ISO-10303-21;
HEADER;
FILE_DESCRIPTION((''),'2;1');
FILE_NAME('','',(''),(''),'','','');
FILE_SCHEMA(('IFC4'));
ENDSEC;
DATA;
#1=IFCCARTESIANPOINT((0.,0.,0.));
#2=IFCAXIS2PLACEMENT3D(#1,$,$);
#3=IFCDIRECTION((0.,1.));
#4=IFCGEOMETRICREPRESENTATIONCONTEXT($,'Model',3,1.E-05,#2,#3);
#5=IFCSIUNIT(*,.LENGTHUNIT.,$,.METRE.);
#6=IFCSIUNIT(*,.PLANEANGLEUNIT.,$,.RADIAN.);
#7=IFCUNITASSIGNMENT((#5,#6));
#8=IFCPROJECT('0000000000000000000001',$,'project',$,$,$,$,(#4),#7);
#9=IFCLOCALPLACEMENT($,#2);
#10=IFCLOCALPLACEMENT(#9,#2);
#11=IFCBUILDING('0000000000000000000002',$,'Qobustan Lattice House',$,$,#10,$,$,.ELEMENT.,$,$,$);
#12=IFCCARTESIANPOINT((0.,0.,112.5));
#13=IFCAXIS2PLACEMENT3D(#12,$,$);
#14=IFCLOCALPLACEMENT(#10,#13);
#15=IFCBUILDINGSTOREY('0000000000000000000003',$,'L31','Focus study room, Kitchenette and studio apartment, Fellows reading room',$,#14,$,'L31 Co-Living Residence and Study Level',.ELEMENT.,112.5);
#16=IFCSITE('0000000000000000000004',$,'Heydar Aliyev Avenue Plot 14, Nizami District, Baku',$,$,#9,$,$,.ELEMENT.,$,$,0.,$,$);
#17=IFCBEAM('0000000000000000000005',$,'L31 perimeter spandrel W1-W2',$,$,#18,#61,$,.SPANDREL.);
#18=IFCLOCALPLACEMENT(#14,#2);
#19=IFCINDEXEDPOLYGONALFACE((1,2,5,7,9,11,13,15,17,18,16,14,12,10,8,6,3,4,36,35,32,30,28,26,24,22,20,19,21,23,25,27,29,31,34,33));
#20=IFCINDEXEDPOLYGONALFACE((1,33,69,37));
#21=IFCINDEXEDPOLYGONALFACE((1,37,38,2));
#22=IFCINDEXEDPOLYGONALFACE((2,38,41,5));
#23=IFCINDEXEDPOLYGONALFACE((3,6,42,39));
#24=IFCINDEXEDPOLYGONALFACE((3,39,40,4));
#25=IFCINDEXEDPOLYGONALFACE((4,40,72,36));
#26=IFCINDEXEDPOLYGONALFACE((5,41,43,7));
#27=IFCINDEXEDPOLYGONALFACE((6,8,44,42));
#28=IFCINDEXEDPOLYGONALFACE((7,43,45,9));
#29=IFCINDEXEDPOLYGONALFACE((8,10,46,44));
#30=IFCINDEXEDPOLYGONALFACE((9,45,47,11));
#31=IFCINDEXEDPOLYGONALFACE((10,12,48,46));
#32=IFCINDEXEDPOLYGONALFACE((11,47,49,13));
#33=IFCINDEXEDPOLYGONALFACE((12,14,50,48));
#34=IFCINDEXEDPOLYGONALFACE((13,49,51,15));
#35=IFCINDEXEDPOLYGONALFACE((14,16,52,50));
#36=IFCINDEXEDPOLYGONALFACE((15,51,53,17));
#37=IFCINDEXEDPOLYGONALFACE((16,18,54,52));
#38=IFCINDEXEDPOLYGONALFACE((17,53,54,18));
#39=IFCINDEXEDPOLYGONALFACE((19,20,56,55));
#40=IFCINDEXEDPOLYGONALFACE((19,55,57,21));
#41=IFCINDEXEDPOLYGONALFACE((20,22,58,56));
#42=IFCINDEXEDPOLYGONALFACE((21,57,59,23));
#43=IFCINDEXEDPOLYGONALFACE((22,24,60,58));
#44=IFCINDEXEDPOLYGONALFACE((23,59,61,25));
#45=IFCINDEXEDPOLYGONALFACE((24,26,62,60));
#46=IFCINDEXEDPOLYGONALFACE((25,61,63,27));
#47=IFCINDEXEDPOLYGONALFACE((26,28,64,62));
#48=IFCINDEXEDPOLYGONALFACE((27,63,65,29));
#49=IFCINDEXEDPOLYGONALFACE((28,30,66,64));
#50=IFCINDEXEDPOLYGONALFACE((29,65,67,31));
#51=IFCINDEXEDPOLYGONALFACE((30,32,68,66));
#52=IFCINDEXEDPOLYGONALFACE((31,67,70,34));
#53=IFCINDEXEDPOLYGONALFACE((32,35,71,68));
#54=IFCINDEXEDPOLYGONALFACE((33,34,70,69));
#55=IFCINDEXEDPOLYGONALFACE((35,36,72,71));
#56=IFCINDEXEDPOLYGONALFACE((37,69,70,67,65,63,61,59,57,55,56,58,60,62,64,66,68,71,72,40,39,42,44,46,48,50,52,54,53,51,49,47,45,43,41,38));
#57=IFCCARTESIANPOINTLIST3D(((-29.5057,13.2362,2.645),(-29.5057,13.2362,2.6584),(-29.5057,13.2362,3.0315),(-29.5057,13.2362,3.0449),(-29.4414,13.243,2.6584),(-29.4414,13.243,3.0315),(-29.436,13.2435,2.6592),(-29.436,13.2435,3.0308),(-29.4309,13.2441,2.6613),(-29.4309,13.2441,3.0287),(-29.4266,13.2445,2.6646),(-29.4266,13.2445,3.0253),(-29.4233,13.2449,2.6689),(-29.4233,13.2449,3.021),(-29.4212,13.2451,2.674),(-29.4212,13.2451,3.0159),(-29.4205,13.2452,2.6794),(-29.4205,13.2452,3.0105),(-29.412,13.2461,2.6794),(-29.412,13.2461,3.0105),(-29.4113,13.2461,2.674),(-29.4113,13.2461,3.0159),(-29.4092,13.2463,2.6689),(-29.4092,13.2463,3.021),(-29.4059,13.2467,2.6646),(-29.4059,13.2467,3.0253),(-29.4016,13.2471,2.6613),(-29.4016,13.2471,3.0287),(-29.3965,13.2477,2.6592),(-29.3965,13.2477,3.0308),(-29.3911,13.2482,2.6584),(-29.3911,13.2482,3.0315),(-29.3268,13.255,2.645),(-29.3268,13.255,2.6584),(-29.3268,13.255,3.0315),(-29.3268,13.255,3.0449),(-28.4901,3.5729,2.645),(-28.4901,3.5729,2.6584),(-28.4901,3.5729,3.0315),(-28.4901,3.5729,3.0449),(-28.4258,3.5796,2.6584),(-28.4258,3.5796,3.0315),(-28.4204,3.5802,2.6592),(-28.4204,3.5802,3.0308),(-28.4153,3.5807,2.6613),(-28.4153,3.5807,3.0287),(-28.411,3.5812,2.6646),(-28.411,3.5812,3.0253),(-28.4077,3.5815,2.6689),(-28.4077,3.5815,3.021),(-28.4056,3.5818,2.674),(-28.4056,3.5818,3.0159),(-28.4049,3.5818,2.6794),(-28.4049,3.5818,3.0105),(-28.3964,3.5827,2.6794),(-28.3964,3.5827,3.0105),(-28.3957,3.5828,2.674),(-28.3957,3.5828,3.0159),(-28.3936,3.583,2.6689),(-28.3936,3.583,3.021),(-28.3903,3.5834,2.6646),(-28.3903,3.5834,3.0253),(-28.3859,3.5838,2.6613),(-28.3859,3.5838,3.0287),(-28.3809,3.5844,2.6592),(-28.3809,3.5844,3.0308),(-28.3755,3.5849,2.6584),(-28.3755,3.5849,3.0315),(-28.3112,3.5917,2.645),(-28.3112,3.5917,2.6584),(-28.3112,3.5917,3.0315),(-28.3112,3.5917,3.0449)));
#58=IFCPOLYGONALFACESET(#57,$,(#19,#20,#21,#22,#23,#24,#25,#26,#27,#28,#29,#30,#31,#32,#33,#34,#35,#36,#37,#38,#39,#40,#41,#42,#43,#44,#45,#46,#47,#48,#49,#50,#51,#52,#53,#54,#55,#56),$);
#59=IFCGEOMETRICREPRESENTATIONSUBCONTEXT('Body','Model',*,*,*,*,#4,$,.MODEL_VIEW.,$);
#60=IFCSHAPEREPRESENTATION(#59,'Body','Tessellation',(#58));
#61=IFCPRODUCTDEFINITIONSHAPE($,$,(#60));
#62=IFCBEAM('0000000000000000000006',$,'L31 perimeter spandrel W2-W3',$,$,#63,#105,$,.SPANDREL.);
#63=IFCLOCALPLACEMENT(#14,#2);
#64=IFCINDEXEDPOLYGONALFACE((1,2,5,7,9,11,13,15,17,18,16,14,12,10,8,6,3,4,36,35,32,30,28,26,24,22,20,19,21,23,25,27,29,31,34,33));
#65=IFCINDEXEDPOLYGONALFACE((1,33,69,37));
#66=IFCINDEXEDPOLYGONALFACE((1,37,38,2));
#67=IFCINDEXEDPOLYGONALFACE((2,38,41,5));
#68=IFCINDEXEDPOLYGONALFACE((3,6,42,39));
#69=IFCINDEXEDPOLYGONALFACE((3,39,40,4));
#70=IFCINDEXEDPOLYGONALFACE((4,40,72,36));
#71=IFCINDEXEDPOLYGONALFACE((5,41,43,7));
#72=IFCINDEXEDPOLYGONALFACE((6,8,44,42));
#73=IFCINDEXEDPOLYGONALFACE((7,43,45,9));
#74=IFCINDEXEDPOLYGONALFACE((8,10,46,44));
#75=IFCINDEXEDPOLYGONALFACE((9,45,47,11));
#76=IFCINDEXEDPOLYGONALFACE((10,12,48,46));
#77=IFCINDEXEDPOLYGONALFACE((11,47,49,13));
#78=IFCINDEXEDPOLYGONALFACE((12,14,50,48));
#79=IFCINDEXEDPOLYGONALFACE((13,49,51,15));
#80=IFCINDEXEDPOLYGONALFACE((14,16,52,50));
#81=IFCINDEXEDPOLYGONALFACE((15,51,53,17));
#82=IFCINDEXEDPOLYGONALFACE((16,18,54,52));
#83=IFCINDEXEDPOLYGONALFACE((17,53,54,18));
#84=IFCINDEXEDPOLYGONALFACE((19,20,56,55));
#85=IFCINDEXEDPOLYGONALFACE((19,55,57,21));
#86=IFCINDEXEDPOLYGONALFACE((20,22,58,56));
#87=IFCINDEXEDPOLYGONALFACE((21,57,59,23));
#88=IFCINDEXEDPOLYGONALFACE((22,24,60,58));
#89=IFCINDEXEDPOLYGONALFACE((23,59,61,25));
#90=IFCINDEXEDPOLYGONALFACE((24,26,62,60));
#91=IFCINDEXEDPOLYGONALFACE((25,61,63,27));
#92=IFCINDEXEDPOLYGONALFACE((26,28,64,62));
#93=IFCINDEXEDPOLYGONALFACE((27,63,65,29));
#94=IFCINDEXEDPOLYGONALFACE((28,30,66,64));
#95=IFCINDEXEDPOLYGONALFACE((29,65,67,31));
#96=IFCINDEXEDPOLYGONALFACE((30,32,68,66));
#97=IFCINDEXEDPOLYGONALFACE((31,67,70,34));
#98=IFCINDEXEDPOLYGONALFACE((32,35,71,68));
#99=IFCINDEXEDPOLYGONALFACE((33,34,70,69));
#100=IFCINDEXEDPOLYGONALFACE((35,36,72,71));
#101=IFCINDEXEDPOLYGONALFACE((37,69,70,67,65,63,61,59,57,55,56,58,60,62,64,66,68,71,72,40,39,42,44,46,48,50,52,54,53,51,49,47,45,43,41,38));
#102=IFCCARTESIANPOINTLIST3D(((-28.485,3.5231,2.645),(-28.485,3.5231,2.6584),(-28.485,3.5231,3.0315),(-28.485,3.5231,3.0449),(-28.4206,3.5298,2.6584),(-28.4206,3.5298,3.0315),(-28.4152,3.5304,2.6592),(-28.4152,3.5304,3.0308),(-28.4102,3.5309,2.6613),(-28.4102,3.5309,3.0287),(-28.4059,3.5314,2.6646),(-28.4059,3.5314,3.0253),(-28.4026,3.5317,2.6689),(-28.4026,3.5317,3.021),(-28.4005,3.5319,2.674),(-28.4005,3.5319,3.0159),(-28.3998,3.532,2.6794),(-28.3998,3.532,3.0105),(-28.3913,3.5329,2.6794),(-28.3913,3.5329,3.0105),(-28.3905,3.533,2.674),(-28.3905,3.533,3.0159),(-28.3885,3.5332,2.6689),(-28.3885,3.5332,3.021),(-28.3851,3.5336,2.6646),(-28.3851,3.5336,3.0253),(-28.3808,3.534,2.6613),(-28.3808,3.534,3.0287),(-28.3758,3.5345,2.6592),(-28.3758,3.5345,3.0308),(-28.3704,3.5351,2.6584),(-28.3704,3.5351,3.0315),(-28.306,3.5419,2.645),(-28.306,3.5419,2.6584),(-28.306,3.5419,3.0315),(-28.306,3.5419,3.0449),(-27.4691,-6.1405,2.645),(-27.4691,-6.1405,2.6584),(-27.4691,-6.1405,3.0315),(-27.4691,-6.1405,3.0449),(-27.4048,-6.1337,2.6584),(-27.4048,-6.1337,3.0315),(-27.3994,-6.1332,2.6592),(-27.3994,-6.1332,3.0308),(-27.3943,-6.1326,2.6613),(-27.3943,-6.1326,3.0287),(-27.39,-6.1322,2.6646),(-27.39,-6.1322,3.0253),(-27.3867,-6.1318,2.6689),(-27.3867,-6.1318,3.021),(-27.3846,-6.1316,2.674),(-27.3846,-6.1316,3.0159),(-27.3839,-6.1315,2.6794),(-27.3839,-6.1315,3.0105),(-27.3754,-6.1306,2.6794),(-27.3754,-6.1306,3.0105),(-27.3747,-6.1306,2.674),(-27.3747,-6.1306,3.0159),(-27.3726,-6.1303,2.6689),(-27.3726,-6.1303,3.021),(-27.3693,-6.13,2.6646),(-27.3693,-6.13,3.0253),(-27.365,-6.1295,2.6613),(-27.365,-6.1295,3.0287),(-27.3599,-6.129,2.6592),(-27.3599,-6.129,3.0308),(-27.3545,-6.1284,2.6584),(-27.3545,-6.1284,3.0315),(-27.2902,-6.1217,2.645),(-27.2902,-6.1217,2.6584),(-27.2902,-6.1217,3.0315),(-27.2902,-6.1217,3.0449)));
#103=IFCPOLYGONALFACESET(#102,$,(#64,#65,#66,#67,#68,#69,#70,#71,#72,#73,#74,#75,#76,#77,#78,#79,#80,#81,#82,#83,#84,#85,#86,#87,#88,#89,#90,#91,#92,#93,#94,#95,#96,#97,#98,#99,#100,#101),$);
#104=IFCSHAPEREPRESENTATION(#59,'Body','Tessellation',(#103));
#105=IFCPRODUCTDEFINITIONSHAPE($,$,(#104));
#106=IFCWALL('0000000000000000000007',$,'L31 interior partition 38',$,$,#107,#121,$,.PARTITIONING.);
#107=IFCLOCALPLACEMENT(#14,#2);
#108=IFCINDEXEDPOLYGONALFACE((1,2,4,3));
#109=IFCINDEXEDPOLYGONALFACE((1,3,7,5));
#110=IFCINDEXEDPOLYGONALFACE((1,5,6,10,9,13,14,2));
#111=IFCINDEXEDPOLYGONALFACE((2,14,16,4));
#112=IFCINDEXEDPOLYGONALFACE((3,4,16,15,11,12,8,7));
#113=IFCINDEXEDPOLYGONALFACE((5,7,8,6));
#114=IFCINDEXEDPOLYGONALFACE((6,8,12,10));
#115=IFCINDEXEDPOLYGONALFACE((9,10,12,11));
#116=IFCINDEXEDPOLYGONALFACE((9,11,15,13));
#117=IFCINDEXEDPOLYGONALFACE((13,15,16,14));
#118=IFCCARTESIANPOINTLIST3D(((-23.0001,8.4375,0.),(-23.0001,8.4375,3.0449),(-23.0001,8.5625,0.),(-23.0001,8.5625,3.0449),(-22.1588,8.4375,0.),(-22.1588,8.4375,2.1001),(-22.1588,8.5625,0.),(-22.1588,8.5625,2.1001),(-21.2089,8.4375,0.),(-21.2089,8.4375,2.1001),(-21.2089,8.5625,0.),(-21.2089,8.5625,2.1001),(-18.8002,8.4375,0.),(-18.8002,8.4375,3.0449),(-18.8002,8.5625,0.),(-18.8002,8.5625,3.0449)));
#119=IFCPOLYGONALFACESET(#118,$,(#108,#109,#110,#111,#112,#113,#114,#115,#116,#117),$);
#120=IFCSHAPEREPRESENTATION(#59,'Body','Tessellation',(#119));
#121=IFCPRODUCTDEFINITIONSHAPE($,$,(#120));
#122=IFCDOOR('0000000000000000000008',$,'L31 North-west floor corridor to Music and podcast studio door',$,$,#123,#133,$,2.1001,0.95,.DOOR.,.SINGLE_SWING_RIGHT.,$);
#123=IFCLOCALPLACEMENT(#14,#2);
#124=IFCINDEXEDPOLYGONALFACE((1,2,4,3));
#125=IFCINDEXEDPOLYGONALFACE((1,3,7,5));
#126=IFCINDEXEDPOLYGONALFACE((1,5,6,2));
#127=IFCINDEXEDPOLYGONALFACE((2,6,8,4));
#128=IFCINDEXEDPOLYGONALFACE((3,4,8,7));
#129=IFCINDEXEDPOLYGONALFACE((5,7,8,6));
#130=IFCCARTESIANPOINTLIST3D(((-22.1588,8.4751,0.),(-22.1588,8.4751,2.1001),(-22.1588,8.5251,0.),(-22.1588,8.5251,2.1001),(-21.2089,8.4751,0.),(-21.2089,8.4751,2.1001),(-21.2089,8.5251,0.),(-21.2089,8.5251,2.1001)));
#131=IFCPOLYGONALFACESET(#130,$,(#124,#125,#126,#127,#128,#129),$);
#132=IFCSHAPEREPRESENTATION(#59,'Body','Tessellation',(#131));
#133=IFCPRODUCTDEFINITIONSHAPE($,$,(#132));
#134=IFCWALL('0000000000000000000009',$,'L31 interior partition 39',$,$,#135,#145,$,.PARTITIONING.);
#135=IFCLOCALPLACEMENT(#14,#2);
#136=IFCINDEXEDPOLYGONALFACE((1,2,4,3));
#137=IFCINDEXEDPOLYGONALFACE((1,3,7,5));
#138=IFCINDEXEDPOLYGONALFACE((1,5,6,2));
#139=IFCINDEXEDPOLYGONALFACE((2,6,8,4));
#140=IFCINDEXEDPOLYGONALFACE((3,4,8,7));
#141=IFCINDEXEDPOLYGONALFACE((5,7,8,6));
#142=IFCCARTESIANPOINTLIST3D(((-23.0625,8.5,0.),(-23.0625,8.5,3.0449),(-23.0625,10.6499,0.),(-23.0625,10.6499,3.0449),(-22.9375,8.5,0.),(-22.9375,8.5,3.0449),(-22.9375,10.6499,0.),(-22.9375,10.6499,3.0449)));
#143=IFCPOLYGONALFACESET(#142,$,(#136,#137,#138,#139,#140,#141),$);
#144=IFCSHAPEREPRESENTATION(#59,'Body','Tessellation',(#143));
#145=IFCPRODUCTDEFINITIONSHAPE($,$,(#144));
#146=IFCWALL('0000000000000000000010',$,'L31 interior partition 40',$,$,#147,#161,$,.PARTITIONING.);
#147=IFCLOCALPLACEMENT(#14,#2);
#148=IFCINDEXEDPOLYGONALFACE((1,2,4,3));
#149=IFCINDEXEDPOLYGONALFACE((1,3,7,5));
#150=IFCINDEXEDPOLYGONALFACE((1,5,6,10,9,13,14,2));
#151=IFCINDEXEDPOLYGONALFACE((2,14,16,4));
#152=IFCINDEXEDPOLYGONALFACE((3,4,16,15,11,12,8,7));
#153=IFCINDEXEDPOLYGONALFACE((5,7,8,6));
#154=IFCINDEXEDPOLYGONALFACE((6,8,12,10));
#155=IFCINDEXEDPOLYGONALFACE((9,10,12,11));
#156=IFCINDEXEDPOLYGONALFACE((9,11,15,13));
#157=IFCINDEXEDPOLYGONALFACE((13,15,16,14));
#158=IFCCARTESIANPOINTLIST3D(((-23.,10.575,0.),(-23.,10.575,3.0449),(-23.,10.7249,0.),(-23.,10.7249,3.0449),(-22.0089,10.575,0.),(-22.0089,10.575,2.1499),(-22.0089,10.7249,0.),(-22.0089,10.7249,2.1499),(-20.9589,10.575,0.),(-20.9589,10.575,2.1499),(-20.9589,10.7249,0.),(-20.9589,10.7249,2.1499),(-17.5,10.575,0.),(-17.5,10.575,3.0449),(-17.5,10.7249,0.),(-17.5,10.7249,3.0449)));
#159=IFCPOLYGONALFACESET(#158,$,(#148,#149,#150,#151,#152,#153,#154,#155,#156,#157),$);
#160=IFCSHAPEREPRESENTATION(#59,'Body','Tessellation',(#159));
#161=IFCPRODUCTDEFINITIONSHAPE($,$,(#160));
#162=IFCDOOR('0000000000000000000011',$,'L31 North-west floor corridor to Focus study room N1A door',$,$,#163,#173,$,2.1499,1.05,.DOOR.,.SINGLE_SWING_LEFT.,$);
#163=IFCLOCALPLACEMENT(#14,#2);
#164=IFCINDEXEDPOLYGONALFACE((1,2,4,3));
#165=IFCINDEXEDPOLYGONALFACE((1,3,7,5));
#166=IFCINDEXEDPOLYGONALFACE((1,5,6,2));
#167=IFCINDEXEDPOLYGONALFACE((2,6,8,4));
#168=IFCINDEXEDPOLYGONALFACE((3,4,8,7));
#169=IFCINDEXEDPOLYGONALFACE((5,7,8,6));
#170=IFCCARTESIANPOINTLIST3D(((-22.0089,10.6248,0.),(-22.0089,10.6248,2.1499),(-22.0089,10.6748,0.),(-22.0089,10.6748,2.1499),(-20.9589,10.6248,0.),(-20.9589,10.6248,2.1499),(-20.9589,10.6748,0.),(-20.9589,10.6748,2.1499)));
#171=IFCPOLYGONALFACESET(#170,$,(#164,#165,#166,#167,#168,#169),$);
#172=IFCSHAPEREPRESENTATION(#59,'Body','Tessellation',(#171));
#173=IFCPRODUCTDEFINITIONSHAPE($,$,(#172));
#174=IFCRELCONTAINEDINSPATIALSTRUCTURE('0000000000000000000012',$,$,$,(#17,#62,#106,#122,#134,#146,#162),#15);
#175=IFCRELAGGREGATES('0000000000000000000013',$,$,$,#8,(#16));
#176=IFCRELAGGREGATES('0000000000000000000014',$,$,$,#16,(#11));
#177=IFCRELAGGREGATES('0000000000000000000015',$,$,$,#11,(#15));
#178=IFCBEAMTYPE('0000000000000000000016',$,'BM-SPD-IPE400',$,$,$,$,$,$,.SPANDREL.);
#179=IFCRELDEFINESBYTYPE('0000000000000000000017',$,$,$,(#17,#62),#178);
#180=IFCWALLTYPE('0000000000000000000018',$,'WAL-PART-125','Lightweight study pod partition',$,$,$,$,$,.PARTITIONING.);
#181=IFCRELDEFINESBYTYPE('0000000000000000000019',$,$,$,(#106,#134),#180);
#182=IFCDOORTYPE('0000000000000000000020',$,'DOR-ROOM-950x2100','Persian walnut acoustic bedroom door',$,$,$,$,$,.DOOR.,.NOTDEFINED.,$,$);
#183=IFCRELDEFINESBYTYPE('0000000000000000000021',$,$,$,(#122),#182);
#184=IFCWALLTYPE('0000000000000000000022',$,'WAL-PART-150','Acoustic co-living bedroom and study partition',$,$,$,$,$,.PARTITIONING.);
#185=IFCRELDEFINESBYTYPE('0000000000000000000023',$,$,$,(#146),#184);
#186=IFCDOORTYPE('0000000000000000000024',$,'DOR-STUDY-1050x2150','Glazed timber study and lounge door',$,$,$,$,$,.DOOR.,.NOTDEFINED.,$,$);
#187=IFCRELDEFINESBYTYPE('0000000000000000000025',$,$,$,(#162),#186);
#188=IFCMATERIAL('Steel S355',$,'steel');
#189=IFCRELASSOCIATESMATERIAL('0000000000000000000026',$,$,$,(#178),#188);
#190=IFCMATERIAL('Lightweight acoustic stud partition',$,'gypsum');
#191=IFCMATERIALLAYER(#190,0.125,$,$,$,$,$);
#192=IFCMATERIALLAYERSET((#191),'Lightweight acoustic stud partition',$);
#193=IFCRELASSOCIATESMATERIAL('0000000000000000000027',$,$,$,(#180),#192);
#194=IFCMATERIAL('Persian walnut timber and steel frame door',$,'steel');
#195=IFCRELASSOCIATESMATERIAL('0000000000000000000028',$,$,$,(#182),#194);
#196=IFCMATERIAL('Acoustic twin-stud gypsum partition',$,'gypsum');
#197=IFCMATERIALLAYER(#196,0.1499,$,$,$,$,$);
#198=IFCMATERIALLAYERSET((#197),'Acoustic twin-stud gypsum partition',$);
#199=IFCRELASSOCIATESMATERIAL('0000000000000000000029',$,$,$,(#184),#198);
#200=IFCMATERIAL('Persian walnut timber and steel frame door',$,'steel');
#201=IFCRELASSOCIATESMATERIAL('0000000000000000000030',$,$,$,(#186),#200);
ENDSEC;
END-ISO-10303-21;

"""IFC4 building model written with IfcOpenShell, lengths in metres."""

from ifc_helpers import new_model, si_unit, direction, frame, frame_2d, origin, origin_2d, place, context, subcontext, project, spatial, rectangle, i_section, extrude, material, layer, layer_set, material_profile, profile_set, type_object, element, fill, save


model = new_model("IFC4")

# Units and contexts
model_context = context("Model", 3, precision=1e-05, world=origin(), true_north=direction((0.0, 1.0)))
body_context = subcontext(model_context, "Body", "Model", "MODEL_VIEW")
ifc_project = project(units=[si_unit("LENGTHUNIT", "METRE"), si_unit("PLANEANGLEUNIT", "RADIAN")], contexts=[model_context])

# Site, building, storey
site_placement = place(None, origin())
site = spatial("IfcSite", under=ifc_project, at=site_placement, Name="Heydar Aliyev Avenue Plot 14, Nizami District, Baku", CompositionType="ELEMENT", RefElevation=0.0)
building_placement = place(site_placement, origin())
building = spatial("IfcBuilding", under=site, at=building_placement, Name="Qobustan Lattice House", CompositionType="ELEMENT")
storey_placement = place(building_placement, frame((0.0, 0.0, 112.5)))
storey = spatial("IfcBuildingStorey", under=building, at=storey_placement, Name="L31", Description="Focus study room, Kitchenette and studio apartment, Fellows reading room", LongName="L31 Co-Living Residence and Study Level", CompositionType="ELEMENT", Elevation=112.5)

# Beams
ifc_material_1 = material(Name="Steel S355", Category="steel")
ifc_material_profile_1 = material_profile(ifc_material_1, i_section(OverallWidth=0.1799, OverallDepth=0.3999, WebThickness=0.0085, FlangeThickness=0.0134, FilletRadius=0.021, at=origin_2d()), Name="IPE400")
ifc_profile_set_1 = profile_set([ifc_material_profile_1], Name="Steel S355")
beam_type_1 = type_object("IfcBeamType", Name="BM-SPD-IPE400", PredefinedType="SPANDREL", material=ifc_profile_set_1)
beam_1_placement = place(storey_placement, frame((-29.4163, 13.2456, 2.845), z_axis=(0.104525, -0.994522, 0.0), x_axis=(0.994522, 0.104525, 0.0)))
element("IfcBeam", 1, at=beam_1_placement, inside=storey, type_object=beam_type_1, Name="L31 perimeter spandrel W1-W2", PredefinedType="SPANDREL", context=body_context, shape_type="SweptSolid", body=[
    extrude(i_section(OverallWidth=0.1799, OverallDepth=0.3999, WebThickness=0.0085, FlangeThickness=0.0134, FilletRadius=0.021, at=origin_2d()), origin(), (0.0, 0.0, 1.0), 9.7166),
])
beam_2_placement = place(storey_placement, frame((-28.3955, 3.5325, 2.845), z_axis=(0.104547, -0.99452, 0.0), x_axis=(0.99452, 0.104547, 0.0)))
element("IfcBeam", 2, at=beam_2_placement, inside=storey, type_object=beam_type_1, Name="L31 perimeter spandrel W2-W3", PredefinedType="SPANDREL", context=body_context, shape_type="SweptSolid", body=[
    extrude(i_section(OverallWidth=0.1799, OverallDepth=0.3999, WebThickness=0.0085, FlangeThickness=0.0134, FilletRadius=0.021, at=origin_2d()), origin(), (0.0, 0.0, 1.0), 9.7168),
])

# Wall, opening, door
ifc_material_2 = material(Name="Lightweight acoustic stud partition", Category="gypsum")
ifc_layer_1 = layer(ifc_material_2, 0.125)
ifc_layer_set_1 = layer_set([ifc_layer_1], Name="Lightweight acoustic stud partition")
wall_type_1 = type_object("IfcWallType", Name="WAL-PART-125", Description="Lightweight study pod partition", PredefinedType="PARTITIONING", material=ifc_layer_set_1)
wall_1_placement = place(storey_placement, frame((-18.8, 8.5, 0.0), z_axis=(0.0, 0.0, 1.0), x_axis=(-1.0, 0.0, 0.0)))
wall_1 = element("IfcWall", 3, at=wall_1_placement, inside=storey, type_object=wall_type_1, Name="L31 interior partition 38", PredefinedType="PARTITIONING", context=body_context, shape_type="SweptSolid", body=[
    extrude(rectangle(XDim=4.2, YDim=0.125, at=frame_2d((2.1001, 0.0))), origin(), (0.0, 0.0, 1.0), 3.0449),
])
opening_1_placement = place(wall_1_placement, frame((2.4087, 0.0, 0.0)))
opening_1 = element("IfcOpeningElement", 4, at=opening_1_placement, cuts=wall_1, PredefinedType="OPENING", context=body_context, shape_type="SweptSolid", body=[
    extrude(rectangle(XDim=0.95, YDim=2.1001, at=frame_2d((0.4751, 1.05))), frame((0.0, 0.0725, 0.0), z_axis=(0.0, -1.0, 0.0), x_axis=(1.0, 0.0, 0.0)), (0.0, 0.0, 1.0), 0.145),
])
ifc_material_3 = material(Name="Persian walnut timber and steel frame door", Category="steel")
door_type_1 = type_object("IfcDoorType", Name="DOR-ROOM-950x2100", Description="Persian walnut acoustic bedroom door", OperationType="NOTDEFINED", PredefinedType="DOOR", material=ifc_material_3)
door_1_placement = place(opening_1_placement, origin())
door_1 = element("IfcDoor", 5, at=door_1_placement, inside=storey, type_object=door_type_1, Name="L31 North-west floor corridor to Music and podcast studio door", OperationType="SINGLE_SWING_RIGHT", OverallHeight=2.1001, OverallWidth=0.95, PredefinedType="DOOR", context=body_context, shape_type="SweptSolid", body=[
    extrude(rectangle(XDim=0.95, YDim=2.1001, at=frame_2d((0.4751, 1.05))), frame((0.0, 0.0249, 0.0), z_axis=(0.0, -1.0, 0.0), x_axis=(1.0, 0.0, 0.0)), (0.0, 0.0, 1.0), 0.05),
])
fill(opening_1, door_1)

# Wall
wall_2_placement = place(storey_placement, frame((-23.0, 8.5, 0.0), z_axis=(0.0, 0.0, 1.0), x_axis=(0.0, 1.0, 0.0)))
element("IfcWall", 6, at=wall_2_placement, inside=storey, type_object=wall_type_1, Name="L31 interior partition 39", PredefinedType="PARTITIONING", context=body_context, shape_type="SweptSolid", body=[
    extrude(rectangle(XDim=2.1499, YDim=0.125, at=frame_2d((1.075, 0.0))), origin(), (0.0, 0.0, 1.0), 3.0449),
])

# Wall, opening, door
ifc_material_4 = material(Name="Acoustic twin-stud gypsum partition", Category="gypsum")
ifc_layer_2 = layer(ifc_material_4, 0.1499)
ifc_layer_set_2 = layer_set([ifc_layer_2], Name="Acoustic twin-stud gypsum partition")
wall_type_2 = type_object("IfcWallType", Name="WAL-PART-150", Description="Acoustic co-living bedroom and study partition", PredefinedType="PARTITIONING", material=ifc_layer_set_2)
wall_3_placement = place(storey_placement, frame((-23.0, 10.6499, 0.0), z_axis=(0.0, 0.0, 1.0), x_axis=(1.0, 0.0, 0.0)))
wall_3 = element("IfcWall", 7, at=wall_3_placement, inside=storey, type_object=wall_type_2, Name="L31 interior partition 40", PredefinedType="PARTITIONING", context=body_context, shape_type="SweptSolid", body=[
    extrude(rectangle(XDim=5.5, YDim=0.1499, at=frame_2d((2.75, 0.0))), origin(), (0.0, 0.0, 1.0), 3.0449),
])
opening_2_placement = place(wall_3_placement, frame((0.9912, 0.0, 0.0)))
opening_2 = element("IfcOpeningElement", 8, at=opening_2_placement, cuts=wall_3, PredefinedType="OPENING", context=body_context, shape_type="SweptSolid", body=[
    extrude(rectangle(XDim=1.05, YDim=2.1499, at=frame_2d((0.5249, 1.075))), frame((0.0, 0.085, 0.0), z_axis=(0.0, -1.0, 0.0), x_axis=(1.0, 0.0, 0.0)), (0.0, 0.0, 1.0), 0.1699),
])
ifc_material_5 = material(Name="Persian walnut timber and steel frame door", Category="steel")
door_type_2 = type_object("IfcDoorType", Name="DOR-STUDY-1050x2150", Description="Glazed timber study and lounge door", OperationType="NOTDEFINED", PredefinedType="DOOR", material=ifc_material_5)
door_2_placement = place(opening_2_placement, origin())
door_2 = element("IfcDoor", 9, at=door_2_placement, inside=storey, type_object=door_type_2, Name="L31 North-west floor corridor to Focus study room N1A door", OperationType="SINGLE_SWING_LEFT", OverallHeight=2.1499, OverallWidth=1.05, PredefinedType="DOOR", context=body_context, shape_type="SweptSolid", body=[
    extrude(rectangle(XDim=1.05, YDim=2.1499, at=frame_2d((0.5249, 1.075))), frame((0.0, 0.0249, 0.0), z_axis=(0.0, -1.0, 0.0), x_axis=(1.0, 0.0, 0.0)), (0.0, 0.0, 1.0), 0.05),
])
fill(opening_2, door_2)

save(model, "model.ifc")
